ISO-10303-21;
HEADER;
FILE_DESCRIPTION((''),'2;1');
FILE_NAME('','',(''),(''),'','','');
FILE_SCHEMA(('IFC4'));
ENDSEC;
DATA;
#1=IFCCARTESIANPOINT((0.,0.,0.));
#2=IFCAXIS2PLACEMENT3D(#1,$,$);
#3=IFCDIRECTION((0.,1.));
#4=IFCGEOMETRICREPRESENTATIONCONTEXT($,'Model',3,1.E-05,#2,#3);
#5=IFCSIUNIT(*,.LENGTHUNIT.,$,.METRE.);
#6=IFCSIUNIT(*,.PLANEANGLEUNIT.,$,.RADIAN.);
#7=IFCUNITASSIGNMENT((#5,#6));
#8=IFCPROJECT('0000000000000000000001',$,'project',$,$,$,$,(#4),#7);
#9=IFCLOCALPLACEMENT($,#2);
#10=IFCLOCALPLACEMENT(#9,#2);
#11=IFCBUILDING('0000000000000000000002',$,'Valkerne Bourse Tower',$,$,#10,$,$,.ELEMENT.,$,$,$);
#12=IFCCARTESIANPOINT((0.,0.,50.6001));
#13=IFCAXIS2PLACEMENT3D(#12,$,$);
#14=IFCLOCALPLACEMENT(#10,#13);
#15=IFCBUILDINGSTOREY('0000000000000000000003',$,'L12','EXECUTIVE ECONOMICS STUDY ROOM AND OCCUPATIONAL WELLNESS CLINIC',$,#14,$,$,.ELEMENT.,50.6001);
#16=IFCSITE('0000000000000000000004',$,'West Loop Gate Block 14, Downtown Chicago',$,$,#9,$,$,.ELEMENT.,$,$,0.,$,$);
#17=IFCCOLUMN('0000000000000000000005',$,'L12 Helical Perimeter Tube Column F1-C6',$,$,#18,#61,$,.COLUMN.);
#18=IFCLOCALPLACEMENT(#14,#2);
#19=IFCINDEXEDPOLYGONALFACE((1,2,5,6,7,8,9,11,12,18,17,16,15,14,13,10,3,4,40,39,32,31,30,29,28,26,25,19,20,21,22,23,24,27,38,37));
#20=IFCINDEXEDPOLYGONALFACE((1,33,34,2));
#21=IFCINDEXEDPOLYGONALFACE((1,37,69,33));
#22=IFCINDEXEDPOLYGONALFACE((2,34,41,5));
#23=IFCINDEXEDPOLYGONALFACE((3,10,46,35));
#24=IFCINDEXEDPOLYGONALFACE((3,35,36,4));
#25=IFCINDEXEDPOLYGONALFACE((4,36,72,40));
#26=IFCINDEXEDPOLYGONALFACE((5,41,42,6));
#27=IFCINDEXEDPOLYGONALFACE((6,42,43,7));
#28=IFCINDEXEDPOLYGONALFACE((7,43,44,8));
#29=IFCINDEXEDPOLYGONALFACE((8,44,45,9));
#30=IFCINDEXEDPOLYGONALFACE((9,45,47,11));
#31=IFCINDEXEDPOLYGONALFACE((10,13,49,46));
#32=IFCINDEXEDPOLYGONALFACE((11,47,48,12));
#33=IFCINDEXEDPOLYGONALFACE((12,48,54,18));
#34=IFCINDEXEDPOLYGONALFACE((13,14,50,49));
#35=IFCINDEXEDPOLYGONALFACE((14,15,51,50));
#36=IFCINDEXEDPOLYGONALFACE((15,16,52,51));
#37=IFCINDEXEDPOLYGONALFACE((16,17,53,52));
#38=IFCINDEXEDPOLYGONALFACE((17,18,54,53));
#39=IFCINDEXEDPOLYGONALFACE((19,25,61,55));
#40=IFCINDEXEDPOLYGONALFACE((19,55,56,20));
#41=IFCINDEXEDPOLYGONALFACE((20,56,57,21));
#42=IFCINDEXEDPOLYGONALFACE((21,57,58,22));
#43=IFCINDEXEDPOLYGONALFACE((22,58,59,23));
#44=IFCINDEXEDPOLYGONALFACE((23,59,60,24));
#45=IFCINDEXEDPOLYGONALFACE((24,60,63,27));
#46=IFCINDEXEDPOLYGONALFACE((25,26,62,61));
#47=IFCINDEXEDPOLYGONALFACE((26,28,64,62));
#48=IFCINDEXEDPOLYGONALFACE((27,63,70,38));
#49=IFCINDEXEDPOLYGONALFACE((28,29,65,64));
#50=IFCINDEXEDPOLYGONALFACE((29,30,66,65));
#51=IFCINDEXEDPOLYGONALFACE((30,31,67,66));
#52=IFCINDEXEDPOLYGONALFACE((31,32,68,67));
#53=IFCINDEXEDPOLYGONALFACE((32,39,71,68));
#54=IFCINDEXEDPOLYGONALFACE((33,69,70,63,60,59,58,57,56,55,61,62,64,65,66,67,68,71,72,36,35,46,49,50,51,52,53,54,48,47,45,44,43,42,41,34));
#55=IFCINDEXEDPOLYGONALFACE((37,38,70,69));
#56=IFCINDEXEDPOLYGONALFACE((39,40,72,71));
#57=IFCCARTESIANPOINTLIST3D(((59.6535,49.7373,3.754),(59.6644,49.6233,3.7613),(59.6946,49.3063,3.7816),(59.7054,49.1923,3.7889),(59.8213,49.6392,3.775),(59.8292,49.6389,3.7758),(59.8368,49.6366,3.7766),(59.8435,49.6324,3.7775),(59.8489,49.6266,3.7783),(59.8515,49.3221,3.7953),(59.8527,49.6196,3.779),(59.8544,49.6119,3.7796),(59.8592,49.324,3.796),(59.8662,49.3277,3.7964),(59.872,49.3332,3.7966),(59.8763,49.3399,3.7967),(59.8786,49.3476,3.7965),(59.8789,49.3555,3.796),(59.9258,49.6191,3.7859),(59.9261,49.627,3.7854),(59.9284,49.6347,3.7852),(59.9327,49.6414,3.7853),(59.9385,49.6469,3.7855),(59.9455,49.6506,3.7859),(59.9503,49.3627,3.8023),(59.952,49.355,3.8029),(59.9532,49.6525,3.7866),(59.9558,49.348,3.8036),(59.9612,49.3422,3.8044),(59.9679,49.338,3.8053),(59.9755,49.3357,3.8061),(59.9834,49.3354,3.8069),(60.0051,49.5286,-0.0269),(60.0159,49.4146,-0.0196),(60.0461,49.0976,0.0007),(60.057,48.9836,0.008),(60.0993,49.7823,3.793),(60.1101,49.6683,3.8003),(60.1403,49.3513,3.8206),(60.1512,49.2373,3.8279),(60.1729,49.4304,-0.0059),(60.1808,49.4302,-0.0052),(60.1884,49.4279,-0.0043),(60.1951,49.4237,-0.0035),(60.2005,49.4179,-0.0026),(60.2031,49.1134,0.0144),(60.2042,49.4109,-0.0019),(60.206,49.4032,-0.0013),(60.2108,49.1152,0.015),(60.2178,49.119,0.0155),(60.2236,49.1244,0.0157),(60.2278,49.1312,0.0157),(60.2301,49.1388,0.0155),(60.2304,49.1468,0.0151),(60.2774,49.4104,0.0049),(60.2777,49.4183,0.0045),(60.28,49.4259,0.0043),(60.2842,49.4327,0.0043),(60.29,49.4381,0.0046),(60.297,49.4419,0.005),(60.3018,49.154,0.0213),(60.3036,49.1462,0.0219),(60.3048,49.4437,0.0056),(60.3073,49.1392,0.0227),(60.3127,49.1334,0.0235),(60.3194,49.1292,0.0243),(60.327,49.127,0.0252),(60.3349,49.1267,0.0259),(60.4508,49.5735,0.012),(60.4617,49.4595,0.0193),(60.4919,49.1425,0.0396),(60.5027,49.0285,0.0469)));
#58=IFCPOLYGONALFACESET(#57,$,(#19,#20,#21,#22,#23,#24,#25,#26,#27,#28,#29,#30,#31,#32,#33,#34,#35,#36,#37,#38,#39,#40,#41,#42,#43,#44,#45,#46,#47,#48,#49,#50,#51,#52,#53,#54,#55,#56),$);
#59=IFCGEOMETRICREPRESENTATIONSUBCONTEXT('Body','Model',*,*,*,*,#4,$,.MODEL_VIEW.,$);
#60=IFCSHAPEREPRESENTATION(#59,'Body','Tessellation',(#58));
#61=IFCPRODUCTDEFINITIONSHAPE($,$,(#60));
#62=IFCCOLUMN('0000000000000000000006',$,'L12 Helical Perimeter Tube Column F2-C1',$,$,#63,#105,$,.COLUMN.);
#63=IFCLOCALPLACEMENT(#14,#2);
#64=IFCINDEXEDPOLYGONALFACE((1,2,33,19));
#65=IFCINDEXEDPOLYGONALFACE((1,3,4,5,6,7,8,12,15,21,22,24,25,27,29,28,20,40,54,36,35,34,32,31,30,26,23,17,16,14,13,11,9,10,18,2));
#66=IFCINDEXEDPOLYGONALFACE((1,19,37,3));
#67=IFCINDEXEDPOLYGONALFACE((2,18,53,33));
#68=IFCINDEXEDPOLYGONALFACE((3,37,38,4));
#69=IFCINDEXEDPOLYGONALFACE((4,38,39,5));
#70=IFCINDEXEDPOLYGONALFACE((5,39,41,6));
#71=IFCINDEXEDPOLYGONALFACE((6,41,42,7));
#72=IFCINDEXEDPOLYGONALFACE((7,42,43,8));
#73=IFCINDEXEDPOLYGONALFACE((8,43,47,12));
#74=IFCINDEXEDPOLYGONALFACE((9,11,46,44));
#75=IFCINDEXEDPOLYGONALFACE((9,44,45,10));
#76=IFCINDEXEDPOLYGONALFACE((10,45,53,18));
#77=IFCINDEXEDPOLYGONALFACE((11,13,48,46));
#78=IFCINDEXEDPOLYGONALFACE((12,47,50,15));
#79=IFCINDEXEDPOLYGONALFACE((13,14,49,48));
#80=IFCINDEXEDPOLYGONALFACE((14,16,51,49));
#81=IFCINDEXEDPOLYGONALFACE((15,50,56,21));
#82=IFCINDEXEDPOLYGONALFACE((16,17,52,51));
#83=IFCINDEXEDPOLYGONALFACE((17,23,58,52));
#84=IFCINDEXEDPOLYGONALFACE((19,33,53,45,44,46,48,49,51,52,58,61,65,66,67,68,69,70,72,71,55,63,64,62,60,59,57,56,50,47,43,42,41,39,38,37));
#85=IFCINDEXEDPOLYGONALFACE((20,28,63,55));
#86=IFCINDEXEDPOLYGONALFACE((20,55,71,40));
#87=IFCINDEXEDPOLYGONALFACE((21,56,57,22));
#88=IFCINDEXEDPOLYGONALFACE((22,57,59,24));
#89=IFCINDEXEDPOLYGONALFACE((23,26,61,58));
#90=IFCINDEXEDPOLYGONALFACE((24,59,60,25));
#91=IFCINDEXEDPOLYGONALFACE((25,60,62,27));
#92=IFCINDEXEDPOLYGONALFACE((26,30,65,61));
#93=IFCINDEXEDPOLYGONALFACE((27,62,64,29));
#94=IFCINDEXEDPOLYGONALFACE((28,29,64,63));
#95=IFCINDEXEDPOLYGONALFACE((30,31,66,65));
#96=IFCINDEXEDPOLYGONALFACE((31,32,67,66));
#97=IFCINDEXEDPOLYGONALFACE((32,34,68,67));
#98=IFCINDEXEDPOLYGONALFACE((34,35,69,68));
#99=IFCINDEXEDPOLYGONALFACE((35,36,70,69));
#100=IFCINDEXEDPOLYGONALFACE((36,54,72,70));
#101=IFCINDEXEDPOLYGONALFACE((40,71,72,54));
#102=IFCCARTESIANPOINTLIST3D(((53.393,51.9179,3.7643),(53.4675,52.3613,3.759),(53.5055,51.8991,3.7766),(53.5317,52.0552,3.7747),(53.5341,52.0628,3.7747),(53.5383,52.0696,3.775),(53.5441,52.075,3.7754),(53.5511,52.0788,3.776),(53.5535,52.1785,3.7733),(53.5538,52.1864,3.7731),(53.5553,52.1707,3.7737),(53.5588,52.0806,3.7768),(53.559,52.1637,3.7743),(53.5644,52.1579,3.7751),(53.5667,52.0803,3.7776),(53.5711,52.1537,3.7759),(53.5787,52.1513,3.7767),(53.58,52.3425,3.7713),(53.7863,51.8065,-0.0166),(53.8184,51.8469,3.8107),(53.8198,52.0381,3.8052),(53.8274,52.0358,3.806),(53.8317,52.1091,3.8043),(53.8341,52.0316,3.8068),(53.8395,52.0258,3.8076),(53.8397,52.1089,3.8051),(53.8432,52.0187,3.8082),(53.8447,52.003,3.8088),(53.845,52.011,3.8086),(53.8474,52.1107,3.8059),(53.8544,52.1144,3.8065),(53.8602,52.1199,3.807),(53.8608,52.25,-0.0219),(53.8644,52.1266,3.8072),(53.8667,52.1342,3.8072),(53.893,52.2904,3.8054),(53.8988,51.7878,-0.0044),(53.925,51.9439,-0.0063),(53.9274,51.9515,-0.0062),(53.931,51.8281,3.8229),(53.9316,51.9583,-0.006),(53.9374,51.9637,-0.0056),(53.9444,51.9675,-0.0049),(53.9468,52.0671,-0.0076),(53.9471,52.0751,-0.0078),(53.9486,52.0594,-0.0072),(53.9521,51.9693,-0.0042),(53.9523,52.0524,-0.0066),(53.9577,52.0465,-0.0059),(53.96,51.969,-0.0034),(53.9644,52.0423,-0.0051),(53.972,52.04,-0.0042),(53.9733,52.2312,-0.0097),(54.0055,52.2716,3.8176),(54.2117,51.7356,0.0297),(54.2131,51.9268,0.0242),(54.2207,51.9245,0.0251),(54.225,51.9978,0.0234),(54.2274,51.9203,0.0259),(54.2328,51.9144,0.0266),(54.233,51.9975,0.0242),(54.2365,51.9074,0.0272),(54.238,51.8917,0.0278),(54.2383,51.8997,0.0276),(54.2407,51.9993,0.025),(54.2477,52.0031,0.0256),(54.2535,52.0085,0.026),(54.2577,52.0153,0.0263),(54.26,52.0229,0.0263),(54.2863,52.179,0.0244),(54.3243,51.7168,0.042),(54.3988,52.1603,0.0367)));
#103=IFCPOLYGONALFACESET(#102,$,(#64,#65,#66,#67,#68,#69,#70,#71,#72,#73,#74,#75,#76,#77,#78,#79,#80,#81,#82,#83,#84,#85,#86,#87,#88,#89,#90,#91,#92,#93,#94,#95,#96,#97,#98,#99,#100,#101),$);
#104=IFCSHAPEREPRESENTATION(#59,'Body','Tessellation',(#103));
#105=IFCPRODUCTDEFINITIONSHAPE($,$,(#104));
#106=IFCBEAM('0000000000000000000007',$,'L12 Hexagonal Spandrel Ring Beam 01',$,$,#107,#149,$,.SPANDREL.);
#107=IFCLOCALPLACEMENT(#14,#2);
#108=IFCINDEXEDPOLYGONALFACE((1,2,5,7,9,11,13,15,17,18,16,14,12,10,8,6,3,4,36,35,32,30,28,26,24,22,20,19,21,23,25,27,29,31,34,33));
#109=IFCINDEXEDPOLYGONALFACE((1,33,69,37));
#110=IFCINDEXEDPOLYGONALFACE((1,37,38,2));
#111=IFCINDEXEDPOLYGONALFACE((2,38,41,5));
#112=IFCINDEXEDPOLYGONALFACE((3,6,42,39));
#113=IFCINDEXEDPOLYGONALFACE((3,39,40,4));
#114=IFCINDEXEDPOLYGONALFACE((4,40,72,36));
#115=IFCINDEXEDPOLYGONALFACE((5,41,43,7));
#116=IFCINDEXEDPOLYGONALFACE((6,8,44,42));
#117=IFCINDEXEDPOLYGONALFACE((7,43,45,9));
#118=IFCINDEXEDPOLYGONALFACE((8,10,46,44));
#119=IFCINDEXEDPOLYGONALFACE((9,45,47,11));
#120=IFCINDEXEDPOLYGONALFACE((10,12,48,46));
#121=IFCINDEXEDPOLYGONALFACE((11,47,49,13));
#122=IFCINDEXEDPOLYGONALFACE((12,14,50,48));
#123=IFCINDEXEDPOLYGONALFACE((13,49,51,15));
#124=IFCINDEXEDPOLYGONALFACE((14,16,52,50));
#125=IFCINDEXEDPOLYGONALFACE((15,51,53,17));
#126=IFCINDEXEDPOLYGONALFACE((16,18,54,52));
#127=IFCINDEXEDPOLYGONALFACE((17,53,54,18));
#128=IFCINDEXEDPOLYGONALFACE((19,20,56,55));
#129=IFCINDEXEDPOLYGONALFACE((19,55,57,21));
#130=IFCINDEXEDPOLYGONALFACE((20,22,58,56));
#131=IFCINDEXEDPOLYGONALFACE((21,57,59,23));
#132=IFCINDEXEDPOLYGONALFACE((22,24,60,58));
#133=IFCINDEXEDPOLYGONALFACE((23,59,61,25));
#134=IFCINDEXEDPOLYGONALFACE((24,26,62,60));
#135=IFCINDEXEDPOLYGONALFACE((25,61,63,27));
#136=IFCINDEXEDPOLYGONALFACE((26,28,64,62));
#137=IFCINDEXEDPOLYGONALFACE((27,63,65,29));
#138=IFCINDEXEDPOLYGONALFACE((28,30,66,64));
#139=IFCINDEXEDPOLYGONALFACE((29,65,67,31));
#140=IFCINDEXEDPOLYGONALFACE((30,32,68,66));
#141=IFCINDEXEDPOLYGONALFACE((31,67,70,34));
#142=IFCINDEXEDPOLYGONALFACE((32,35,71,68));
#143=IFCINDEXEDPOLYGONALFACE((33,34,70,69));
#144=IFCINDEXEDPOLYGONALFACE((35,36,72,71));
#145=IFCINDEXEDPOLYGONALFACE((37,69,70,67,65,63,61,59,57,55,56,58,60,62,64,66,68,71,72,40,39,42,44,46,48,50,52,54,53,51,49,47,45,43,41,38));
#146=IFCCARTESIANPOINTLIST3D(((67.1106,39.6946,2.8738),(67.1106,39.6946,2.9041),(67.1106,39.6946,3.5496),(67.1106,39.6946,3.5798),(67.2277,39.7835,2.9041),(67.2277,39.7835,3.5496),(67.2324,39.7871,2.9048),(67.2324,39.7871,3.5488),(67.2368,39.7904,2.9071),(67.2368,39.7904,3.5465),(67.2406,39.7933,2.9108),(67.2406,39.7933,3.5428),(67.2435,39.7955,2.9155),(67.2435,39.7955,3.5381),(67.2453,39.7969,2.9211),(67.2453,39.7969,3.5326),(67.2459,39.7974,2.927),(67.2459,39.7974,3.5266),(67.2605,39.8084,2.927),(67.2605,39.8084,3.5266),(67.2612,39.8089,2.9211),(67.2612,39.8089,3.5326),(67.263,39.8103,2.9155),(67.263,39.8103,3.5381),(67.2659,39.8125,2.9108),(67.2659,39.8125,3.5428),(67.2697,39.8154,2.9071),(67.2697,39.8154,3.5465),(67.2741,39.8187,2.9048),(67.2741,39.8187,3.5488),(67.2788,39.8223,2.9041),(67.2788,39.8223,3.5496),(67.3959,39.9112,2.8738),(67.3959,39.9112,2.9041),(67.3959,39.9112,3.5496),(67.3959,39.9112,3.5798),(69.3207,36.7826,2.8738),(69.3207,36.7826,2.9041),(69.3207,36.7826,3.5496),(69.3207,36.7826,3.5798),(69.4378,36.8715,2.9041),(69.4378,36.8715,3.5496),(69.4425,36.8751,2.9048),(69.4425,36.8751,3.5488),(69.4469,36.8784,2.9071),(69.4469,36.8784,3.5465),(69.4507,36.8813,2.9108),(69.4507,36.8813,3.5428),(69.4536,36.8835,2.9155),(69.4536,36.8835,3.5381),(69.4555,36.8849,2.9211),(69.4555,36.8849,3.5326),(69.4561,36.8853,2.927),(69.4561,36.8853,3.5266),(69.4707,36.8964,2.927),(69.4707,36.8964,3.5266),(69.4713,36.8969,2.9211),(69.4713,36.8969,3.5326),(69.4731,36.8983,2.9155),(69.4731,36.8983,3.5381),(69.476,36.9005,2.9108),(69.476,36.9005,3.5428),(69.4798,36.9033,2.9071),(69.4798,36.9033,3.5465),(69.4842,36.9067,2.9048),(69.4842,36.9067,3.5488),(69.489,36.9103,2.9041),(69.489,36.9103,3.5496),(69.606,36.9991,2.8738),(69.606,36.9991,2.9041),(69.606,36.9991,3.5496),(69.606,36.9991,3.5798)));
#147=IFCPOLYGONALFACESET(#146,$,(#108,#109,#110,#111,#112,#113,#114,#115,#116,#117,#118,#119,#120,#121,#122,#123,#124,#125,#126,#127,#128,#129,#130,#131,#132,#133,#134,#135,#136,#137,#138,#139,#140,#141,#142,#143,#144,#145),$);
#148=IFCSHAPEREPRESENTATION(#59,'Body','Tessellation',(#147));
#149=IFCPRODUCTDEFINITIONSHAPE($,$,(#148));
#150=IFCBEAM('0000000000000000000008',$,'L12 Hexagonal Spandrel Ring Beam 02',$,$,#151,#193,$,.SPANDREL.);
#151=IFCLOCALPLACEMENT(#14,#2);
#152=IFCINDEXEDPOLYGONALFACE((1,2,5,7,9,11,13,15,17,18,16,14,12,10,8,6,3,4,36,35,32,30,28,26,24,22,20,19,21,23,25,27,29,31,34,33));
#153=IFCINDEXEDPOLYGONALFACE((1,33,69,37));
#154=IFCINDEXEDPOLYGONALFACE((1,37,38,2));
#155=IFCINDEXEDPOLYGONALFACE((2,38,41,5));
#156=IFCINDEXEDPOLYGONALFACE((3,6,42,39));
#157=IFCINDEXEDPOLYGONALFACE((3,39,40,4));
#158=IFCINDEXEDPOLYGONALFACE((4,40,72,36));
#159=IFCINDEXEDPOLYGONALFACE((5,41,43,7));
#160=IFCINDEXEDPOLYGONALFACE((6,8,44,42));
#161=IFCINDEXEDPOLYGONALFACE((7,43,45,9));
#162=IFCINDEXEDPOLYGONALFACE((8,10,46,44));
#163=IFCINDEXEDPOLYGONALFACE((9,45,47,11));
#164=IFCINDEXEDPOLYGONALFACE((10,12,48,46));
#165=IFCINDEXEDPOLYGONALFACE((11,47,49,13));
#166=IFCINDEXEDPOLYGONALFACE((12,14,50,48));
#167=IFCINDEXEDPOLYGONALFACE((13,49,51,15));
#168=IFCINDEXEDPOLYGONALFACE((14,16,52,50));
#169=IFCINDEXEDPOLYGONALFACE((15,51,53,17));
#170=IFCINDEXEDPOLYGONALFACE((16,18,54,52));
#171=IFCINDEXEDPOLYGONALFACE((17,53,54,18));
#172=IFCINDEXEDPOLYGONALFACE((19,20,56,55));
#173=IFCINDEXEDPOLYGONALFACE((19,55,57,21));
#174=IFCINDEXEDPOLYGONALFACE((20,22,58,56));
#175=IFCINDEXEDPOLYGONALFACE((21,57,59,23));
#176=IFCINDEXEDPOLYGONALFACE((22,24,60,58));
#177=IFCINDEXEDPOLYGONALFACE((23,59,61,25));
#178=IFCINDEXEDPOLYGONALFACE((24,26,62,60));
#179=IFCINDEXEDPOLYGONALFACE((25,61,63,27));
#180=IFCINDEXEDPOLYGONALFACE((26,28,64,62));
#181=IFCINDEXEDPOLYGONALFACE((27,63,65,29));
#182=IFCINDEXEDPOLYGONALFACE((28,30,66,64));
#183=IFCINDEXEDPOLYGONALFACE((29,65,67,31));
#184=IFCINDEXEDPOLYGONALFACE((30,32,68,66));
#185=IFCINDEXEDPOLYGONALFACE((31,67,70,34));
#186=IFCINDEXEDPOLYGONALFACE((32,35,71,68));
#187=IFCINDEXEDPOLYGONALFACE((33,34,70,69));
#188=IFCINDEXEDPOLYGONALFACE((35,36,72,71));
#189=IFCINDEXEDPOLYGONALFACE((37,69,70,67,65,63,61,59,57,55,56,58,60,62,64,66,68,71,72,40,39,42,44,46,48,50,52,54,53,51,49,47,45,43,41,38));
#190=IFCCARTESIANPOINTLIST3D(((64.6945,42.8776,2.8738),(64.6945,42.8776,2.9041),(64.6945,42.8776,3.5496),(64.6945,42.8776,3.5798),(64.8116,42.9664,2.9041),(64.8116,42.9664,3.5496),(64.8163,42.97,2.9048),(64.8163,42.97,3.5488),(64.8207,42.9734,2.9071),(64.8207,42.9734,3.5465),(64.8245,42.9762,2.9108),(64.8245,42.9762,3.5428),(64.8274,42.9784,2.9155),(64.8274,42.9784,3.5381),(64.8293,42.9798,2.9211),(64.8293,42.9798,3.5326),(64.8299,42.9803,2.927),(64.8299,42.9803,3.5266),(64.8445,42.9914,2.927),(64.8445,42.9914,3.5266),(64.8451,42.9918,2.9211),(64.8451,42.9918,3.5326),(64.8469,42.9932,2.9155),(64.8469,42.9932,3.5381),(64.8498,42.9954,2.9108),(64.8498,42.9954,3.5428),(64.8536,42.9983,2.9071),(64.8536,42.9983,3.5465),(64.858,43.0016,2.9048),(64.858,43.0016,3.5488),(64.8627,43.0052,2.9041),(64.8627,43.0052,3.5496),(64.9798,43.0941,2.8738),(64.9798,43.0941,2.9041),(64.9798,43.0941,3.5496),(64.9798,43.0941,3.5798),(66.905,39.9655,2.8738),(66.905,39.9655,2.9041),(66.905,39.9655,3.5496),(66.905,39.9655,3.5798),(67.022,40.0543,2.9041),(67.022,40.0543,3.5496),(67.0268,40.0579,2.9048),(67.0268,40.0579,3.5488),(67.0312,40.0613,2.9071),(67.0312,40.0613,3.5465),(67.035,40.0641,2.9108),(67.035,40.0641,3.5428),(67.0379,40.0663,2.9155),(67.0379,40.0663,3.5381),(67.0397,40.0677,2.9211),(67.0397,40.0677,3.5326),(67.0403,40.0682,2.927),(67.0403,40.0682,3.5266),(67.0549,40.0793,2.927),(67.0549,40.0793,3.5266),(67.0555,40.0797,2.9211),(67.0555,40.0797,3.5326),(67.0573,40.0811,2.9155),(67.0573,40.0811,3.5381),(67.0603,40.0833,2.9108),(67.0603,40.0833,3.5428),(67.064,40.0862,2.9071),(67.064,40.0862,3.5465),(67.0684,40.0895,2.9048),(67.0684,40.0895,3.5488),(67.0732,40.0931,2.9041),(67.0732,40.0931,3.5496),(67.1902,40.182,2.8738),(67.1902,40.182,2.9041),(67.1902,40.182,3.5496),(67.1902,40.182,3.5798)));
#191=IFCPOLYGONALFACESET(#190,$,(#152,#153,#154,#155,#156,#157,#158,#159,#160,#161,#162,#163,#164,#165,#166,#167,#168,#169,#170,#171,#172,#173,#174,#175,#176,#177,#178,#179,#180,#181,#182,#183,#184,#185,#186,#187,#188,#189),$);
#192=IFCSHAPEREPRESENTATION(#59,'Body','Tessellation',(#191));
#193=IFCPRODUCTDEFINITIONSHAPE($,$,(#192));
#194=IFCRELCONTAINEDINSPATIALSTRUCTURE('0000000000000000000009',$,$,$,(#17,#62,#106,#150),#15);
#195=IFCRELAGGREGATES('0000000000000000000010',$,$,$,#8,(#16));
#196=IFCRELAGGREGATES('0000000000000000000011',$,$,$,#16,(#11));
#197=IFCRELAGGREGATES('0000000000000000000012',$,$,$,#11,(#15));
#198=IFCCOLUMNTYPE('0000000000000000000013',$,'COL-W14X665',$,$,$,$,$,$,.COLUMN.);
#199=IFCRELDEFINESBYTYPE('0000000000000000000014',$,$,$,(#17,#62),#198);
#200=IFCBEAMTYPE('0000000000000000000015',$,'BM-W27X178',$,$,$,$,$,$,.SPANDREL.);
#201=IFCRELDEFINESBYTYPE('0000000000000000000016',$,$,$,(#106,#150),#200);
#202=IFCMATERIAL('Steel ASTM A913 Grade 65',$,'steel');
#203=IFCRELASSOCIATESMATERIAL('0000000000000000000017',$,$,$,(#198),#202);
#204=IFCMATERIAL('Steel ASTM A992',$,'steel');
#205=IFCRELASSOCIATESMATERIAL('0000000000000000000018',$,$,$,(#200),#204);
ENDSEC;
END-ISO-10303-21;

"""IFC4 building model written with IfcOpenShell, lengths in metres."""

from ifc_helpers import new_model, si_unit, direction, frame, origin, origin_2d, place, context, subcontext, project, spatial, i_section, extrude, material, material_profile, profile_set, type_object, element, save


model = new_model("IFC4")

# Units and contexts
model_context = context("Model", 3, precision=1e-05, world=origin(), true_north=direction((0.0, 1.0)))
body_context = subcontext(model_context, "Body", "Model", "MODEL_VIEW")
ifc_project = project(units=[si_unit("LENGTHUNIT", "METRE"), si_unit("PLANEANGLEUNIT", "RADIAN")], contexts=[model_context])

# Site, building, storey
site_placement = place(None, origin())
site = spatial("IfcSite", under=ifc_project, at=site_placement, Name="West Loop Gate Block 14, Downtown Chicago", CompositionType="ELEMENT", RefElevation=0.0)
building_placement = place(site_placement, origin())
building = spatial("IfcBuilding", under=site, at=building_placement, Name="Valkerne Bourse Tower", CompositionType="ELEMENT")
storey_placement = place(building_placement, frame((0.0, 0.0, 50.6001)))
storey = spatial("IfcBuildingStorey", under=building, at=storey_placement, Name="L12", Description="EXECUTIVE ECONOMICS STUDY ROOM AND OCCUPATIONAL WELLNESS CLINIC", CompositionType="ELEMENT", Elevation=50.6001)

# Columns
ifc_material_1 = material(Name="Steel ASTM A913 Grade 65", Category="steel")
ifc_material_profile_1 = material_profile(ifc_material_1, i_section(OverallWidth=0.4497, OverallDepth=0.5486, WebThickness=0.072, FlangeThickness=0.1147, FilletRadius=0.0305, at=origin_2d()), Name="W14X665")
ifc_profile_set_1 = profile_set([ifc_material_profile_1], Name="Steel ASTM A913 Grade 65")
column_type = type_object("IfcColumnType", Name="COL-W14X665", PredefinedType="COLUMN", material=ifc_profile_set_1)
for number, where, z_axis, x_axis, name in (
    (1, (60.2539, 49.2786, 0.01), (-0.092442, 0.054888, 0.994204), (0.99121, 0.099972, 0.086645), "L12 Helical Perimeter Tube Column F1-C6"),
    (2, (54.0925, 51.9834, 0.01), (-0.10342, 0.029273, 0.994207), (0.165735, 0.9861, -0.011795), "L12 Helical Perimeter Tube Column F2-C1"),
):
    element("IfcColumn", number, at=place(storey_placement, frame(where, z_axis=z_axis, x_axis=x_axis)), inside=storey, type_object=column_type, Name=name, PredefinedType="COLUMN", context=body_context, shape_type="SweptSolid", body=[
        extrude(i_section(OverallWidth=0.4497, OverallDepth=0.5486, WebThickness=0.072, FlangeThickness=0.1147, FilletRadius=0.0305, at=origin_2d()), origin(), (0.0, 0.0, 1.0), 3.803),
    ])

# Beams
ifc_material_2 = material(Name="Steel ASTM A992", Category="steel")
ifc_material_profile_2 = material_profile(ifc_material_2, i_section(OverallWidth=0.3582, OverallDepth=0.7061, WebThickness=0.0183, FlangeThickness=0.0303, FilletRadius=0.0229, at=origin_2d()), Name="W27X178")
ifc_profile_set_2 = profile_set([ifc_material_profile_2], Name="Steel ASTM A992")
beam_type = type_object("IfcBeamType", Name="BM-W27X178", PredefinedType="SPANDREL", material=ifc_profile_set_2)
beam_1_placement = place(storey_placement, frame((69.4634, 36.8909, 3.2268), z_axis=(-0.604563, 0.796557, 0.0), x_axis=(-0.796557, -0.604563, 0.0)))
element("IfcBeam", 3, at=beam_1_placement, inside=storey, type_object=beam_type, Name="L12 Hexagonal Spandrel Ring Beam 01", PredefinedType="SPANDREL", context=body_context, shape_type="SweptSolid", body=[
    extrude(i_section(OverallWidth=0.3582, OverallDepth=0.7061, WebThickness=0.0183, FlangeThickness=0.0303, FilletRadius=0.0229, at=origin_2d()), origin(), (0.0, 0.0, 1.0), 3.6558),
])
beam_2_placement = place(storey_placement, frame((67.0476, 40.0737, 3.2268), z_axis=(-0.604606, 0.796525, 0.0), x_axis=(-0.796525, -0.604606, 0.0)))
element("IfcBeam", 4, at=beam_2_placement, inside=storey, type_object=beam_type, Name="L12 Hexagonal Spandrel Ring Beam 02", PredefinedType="SPANDREL", context=body_context, shape_type="SweptSolid", body=[
    extrude(i_section(OverallWidth=0.3582, OverallDepth=0.7061, WebThickness=0.0183, FlangeThickness=0.0303, FilletRadius=0.0229, at=origin_2d()), origin(), (0.0, 0.0, 1.0), 3.656),
])

save(model, "model.ifc")
